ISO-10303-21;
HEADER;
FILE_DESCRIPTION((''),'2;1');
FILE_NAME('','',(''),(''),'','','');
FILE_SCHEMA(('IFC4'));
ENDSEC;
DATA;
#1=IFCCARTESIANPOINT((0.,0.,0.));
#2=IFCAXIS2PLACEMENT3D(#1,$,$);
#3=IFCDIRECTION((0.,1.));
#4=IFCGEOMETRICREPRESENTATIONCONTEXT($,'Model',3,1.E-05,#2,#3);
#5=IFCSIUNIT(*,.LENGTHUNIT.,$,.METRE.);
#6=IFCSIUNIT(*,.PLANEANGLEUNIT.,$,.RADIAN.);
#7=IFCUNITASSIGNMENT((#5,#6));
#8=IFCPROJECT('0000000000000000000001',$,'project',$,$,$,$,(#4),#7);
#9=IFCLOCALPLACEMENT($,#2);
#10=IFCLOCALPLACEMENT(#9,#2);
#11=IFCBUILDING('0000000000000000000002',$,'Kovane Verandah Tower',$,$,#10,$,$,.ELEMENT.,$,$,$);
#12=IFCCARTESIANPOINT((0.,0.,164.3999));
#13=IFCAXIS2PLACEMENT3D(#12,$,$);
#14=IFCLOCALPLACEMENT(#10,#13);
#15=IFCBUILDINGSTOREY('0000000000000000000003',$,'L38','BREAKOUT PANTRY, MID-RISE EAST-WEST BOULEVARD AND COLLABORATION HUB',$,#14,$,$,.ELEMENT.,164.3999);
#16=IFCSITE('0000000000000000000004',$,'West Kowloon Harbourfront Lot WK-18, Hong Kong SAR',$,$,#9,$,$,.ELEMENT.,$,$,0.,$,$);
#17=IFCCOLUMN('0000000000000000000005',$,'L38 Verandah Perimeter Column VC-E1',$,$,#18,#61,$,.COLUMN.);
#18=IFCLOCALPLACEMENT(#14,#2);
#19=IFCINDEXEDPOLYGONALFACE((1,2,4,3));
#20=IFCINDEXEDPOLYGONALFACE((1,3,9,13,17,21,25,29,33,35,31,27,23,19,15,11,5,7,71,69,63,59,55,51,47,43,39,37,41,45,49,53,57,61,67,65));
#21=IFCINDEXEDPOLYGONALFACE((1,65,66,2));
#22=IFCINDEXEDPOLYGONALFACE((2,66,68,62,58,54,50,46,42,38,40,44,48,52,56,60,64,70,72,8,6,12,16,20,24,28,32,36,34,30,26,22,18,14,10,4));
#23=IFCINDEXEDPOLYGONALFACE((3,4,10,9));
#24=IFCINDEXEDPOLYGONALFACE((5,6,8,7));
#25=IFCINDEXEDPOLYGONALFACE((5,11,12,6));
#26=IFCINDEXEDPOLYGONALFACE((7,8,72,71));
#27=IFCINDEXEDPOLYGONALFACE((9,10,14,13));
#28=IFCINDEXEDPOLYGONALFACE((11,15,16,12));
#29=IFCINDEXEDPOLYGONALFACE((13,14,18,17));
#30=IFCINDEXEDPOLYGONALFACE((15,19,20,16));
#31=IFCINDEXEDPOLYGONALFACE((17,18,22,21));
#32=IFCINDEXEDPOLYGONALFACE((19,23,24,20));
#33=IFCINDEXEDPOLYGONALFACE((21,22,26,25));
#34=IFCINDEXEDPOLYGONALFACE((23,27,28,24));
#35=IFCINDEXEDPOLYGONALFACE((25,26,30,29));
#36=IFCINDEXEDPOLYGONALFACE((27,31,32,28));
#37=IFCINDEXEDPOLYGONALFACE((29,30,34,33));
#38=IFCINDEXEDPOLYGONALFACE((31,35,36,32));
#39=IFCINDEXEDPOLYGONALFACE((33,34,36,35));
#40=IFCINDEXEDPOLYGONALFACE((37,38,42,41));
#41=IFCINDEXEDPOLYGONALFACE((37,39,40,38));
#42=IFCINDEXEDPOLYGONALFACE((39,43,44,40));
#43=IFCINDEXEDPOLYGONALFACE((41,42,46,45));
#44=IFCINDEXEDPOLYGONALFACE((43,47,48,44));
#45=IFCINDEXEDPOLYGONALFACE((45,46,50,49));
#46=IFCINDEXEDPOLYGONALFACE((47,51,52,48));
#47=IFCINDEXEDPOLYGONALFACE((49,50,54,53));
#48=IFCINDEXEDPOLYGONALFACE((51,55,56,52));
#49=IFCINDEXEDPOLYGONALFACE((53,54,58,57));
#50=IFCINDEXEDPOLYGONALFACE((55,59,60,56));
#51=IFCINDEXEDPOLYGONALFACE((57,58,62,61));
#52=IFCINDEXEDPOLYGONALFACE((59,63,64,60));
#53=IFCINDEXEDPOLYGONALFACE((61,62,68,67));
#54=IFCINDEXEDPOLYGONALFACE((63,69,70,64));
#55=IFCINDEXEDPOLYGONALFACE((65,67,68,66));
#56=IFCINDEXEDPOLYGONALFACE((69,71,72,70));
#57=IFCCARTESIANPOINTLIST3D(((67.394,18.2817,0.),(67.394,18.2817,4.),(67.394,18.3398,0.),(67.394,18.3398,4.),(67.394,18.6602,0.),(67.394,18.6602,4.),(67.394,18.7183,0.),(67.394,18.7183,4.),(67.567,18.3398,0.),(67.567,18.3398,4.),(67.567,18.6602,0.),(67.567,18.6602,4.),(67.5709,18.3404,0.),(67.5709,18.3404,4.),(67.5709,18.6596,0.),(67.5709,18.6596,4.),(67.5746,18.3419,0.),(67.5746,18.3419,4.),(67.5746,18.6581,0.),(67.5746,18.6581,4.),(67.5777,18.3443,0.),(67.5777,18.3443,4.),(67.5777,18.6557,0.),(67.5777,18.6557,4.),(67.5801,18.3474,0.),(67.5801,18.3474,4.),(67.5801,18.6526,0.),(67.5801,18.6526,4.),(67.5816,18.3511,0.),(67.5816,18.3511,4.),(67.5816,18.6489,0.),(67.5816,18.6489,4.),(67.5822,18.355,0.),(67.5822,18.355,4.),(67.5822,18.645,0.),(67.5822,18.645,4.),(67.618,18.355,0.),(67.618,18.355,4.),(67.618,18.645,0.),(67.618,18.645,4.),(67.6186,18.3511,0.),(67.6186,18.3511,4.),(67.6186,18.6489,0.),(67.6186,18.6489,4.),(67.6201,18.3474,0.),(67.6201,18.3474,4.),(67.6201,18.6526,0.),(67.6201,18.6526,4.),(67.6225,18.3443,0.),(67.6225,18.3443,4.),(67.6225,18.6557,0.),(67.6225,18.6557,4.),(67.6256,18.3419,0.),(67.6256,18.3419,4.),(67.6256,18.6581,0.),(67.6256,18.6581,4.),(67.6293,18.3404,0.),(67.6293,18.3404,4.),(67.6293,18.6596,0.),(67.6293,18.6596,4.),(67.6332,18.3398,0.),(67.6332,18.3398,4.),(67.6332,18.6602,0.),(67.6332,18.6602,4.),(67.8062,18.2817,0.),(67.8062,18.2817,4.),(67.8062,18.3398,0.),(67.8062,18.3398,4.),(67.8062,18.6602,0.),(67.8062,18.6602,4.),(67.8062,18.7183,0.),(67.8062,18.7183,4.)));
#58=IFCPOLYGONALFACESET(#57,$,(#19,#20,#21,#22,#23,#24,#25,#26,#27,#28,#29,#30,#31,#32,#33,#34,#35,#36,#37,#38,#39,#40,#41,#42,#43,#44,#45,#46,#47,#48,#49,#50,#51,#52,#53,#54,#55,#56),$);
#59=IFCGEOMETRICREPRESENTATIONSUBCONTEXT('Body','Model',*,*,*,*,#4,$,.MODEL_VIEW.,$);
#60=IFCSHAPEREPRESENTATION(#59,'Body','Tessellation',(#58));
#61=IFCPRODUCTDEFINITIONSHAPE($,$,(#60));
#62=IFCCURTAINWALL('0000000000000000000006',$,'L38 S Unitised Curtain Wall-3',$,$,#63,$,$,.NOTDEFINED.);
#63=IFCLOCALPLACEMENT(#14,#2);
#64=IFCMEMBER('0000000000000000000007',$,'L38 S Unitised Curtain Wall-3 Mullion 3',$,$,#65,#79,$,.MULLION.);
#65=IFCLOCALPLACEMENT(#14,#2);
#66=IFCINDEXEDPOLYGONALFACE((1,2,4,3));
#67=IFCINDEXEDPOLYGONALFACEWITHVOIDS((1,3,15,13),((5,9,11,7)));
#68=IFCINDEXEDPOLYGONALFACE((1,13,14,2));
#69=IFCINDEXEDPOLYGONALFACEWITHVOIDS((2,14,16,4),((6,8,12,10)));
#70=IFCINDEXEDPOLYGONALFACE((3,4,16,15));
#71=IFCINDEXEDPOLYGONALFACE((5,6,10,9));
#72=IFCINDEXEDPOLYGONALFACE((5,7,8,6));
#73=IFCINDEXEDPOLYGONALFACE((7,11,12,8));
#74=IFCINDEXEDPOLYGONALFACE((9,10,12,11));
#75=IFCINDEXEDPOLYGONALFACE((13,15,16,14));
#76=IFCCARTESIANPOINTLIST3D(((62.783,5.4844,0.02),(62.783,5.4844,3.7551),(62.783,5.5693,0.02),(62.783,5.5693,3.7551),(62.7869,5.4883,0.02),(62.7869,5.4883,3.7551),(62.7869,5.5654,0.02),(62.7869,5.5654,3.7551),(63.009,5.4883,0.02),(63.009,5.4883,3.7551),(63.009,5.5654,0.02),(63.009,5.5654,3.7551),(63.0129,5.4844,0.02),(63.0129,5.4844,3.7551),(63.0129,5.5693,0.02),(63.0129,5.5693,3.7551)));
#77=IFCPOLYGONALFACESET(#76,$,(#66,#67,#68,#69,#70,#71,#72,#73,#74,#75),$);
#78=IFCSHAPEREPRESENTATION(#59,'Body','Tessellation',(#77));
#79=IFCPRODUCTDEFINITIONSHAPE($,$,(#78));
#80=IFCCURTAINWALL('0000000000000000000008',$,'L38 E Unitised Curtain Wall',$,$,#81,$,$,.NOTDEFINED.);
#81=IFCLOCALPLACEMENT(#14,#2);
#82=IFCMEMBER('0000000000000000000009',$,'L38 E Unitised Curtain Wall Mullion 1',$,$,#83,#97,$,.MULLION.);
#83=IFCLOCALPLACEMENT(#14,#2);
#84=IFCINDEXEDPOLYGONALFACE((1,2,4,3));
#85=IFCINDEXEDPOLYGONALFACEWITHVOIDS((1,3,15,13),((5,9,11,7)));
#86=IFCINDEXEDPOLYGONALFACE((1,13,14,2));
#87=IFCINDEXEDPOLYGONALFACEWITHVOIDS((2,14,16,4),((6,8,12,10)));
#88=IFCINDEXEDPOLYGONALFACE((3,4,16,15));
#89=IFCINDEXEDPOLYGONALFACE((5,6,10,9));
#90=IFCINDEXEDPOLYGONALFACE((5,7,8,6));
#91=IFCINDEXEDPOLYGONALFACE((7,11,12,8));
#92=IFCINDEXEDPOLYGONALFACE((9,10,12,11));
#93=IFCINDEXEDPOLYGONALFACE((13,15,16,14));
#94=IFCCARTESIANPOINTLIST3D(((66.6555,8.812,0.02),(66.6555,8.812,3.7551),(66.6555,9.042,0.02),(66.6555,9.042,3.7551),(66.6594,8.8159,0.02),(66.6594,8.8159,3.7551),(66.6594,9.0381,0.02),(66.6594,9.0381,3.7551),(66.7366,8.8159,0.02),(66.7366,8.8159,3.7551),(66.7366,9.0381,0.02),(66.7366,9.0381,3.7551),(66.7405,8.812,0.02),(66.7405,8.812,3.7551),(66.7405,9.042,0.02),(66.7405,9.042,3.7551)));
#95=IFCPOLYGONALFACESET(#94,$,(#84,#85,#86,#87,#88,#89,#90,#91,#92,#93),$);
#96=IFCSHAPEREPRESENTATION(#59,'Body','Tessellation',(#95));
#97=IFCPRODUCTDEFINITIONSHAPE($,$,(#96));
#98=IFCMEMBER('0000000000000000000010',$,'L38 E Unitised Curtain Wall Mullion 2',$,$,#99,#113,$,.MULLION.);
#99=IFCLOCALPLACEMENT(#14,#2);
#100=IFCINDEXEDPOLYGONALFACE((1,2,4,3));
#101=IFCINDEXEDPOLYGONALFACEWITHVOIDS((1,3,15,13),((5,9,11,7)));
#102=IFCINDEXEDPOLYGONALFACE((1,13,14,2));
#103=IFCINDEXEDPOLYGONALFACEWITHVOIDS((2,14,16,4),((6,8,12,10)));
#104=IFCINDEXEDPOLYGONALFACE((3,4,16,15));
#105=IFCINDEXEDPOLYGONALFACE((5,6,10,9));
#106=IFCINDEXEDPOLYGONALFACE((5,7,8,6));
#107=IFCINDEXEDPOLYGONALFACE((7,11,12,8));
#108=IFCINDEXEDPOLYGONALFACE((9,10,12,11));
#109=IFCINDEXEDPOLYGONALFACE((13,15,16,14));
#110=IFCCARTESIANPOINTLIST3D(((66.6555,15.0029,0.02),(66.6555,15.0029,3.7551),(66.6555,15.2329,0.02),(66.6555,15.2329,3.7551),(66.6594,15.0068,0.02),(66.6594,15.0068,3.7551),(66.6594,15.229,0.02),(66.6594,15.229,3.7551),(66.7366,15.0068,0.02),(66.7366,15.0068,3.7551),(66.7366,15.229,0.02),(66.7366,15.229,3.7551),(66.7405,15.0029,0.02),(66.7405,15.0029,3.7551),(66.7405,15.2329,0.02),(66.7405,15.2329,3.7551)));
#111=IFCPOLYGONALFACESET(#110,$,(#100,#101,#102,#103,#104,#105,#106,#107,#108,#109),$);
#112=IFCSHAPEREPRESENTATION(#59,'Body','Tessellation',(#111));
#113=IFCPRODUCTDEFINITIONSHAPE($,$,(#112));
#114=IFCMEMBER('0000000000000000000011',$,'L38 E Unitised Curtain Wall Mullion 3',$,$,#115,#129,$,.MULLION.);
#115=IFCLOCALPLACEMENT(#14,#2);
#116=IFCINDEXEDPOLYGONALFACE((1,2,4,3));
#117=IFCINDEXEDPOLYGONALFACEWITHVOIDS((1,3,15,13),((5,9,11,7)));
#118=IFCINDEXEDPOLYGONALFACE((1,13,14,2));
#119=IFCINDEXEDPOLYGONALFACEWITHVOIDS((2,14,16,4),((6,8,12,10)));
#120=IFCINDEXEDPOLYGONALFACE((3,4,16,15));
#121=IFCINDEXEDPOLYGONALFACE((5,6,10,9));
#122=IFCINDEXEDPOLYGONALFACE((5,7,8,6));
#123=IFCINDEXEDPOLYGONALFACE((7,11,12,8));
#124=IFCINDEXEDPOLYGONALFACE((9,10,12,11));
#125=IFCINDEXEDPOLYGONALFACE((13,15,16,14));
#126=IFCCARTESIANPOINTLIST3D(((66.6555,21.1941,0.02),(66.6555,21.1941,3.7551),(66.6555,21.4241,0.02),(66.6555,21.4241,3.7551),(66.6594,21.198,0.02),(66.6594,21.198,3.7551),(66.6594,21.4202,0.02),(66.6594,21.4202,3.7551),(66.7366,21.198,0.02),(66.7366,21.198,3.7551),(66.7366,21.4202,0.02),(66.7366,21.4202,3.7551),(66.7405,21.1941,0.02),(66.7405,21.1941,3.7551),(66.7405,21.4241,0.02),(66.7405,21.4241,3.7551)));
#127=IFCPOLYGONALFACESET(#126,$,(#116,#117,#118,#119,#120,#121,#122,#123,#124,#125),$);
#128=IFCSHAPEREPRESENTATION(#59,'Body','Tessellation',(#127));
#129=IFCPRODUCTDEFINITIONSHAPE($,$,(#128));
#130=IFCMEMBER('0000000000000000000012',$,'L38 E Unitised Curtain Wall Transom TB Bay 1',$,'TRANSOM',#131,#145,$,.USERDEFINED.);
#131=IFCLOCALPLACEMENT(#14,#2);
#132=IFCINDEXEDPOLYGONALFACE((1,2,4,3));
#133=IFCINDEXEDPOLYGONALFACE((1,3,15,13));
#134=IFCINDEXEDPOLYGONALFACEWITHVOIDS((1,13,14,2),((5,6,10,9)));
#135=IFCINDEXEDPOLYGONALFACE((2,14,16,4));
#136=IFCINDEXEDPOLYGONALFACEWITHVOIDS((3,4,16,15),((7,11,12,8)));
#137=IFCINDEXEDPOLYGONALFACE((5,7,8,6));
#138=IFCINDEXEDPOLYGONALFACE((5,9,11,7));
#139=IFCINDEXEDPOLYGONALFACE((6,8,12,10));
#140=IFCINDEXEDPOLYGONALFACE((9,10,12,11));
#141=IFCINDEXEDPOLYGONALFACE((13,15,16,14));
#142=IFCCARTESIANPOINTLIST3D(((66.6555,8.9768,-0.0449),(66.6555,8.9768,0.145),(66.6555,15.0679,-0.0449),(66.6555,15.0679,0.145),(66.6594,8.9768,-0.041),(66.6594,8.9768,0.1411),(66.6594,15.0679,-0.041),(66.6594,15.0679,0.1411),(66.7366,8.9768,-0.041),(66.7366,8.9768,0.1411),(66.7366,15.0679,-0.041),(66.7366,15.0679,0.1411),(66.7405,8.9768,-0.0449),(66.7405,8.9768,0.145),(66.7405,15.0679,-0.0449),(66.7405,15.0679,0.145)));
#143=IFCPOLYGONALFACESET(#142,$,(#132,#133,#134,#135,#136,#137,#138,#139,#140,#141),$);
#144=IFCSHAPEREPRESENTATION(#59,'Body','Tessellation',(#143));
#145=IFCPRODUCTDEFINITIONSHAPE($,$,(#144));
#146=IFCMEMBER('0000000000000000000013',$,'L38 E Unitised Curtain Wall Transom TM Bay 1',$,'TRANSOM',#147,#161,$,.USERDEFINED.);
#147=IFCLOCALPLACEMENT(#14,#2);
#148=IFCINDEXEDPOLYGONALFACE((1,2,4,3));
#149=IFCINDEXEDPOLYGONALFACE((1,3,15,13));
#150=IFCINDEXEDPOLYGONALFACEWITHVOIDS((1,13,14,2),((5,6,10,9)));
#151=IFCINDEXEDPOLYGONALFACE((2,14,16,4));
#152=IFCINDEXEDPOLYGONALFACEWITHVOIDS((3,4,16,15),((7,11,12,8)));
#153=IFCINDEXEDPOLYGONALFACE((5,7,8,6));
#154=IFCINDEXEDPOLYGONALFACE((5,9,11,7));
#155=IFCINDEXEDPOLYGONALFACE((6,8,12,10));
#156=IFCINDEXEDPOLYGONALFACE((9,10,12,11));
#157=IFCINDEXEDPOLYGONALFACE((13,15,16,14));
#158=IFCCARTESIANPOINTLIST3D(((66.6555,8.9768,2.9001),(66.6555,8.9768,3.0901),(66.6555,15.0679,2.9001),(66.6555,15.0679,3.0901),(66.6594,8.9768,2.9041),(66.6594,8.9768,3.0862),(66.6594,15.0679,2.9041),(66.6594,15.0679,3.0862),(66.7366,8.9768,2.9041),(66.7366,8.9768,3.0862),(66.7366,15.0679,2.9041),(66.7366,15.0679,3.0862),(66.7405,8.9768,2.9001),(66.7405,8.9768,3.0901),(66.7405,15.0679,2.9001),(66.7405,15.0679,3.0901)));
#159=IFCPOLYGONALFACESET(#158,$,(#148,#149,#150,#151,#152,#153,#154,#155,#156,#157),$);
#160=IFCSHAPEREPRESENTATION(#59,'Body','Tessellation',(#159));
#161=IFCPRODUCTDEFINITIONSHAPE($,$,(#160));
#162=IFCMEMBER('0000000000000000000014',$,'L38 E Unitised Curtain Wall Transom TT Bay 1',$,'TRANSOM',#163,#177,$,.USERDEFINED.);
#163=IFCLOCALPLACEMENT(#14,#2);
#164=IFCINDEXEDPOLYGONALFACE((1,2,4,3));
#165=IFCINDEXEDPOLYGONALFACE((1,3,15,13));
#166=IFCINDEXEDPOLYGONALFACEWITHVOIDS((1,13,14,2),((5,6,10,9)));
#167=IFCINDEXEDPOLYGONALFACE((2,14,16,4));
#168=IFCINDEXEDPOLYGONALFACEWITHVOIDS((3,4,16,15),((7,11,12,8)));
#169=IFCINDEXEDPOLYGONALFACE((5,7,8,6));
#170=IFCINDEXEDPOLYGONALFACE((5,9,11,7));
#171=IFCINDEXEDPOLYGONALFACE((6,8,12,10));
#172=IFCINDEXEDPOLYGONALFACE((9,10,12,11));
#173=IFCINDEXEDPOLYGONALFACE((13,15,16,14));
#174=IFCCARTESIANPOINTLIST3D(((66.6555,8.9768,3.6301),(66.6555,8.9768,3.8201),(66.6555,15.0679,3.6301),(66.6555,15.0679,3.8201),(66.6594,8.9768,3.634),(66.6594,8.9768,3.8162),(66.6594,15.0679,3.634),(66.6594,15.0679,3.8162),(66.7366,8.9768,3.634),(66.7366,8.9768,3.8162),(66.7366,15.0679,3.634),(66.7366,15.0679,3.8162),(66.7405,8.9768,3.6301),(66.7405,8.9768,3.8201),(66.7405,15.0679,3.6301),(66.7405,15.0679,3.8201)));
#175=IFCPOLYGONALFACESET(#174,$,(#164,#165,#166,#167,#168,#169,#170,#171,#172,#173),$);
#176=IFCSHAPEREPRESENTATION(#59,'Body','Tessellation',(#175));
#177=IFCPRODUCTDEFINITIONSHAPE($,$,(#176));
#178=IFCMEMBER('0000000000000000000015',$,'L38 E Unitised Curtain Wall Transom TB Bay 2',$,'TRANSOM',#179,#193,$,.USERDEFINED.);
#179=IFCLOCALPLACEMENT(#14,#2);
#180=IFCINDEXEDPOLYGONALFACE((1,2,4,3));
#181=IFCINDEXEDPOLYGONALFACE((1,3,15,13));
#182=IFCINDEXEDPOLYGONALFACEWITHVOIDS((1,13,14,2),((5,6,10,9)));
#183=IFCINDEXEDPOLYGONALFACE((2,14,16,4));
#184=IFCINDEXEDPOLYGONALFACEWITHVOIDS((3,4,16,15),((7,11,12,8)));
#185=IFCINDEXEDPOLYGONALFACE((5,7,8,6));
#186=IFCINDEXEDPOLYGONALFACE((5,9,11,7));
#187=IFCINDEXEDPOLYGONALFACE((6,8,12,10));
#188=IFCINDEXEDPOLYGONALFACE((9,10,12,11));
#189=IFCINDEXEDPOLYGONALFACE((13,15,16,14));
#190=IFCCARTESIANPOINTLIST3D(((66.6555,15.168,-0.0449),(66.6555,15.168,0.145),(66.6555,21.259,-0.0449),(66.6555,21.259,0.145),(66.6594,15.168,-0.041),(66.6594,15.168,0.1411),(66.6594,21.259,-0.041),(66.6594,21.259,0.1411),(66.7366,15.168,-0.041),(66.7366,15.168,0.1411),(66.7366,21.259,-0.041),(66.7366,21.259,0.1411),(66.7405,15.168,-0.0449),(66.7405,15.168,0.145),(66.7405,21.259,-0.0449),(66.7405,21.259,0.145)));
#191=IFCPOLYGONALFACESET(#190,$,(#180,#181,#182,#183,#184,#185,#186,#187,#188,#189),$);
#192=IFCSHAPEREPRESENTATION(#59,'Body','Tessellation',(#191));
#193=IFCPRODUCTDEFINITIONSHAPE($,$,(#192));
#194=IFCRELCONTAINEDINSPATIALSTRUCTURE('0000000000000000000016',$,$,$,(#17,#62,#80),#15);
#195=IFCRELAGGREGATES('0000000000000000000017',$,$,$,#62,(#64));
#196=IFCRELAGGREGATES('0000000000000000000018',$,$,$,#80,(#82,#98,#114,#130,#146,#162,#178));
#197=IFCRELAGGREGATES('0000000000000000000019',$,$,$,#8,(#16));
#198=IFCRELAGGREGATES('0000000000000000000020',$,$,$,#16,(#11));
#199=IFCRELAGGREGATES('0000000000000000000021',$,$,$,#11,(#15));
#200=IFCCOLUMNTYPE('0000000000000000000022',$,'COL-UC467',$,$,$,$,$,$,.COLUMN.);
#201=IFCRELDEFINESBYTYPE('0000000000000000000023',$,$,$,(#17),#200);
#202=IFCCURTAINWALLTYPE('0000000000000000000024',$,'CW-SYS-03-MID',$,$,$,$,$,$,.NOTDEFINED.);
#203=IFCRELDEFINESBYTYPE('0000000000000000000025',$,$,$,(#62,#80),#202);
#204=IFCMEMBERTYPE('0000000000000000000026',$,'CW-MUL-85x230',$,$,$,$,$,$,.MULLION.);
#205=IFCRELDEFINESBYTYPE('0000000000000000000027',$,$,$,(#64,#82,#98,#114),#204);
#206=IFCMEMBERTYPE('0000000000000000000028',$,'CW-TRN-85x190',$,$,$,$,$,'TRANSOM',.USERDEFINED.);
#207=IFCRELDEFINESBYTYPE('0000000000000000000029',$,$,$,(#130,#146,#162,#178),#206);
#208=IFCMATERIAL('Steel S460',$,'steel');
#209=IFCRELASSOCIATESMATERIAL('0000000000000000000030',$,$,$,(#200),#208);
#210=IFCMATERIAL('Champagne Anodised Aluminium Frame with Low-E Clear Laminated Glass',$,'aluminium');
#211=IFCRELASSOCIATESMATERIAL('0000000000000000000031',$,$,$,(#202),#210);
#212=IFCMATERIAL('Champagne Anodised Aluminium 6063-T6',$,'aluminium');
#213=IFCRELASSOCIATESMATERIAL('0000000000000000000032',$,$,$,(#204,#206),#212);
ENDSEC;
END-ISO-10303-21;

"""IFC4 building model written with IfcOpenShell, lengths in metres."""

from ifc_helpers import new_model, si_unit, direction, frame, origin, origin_2d, place, context, subcontext, project, spatial, hollow_rectangle, i_section, extrude, material, material_profile, profile_set, type_object, element, aggregate, save


model = new_model("IFC4")

# Units and contexts
model_context = context("Model", 3, precision=1e-05, world=origin(), true_north=direction((0.0, 1.0)))
body_context = subcontext(model_context, "Body", "Model", "MODEL_VIEW")
ifc_project = project(units=[si_unit("LENGTHUNIT", "METRE"), si_unit("PLANEANGLEUNIT", "RADIAN")], contexts=[model_context])

# Site, building, storey
site_placement = place(None, origin())
site = spatial("IfcSite", under=ifc_project, at=site_placement, Name="West Kowloon Harbourfront Lot WK-18, Hong Kong SAR", CompositionType="ELEMENT", RefElevation=0.0)
building_placement = place(site_placement, origin())
building = spatial("IfcBuilding", under=site, at=building_placement, Name="Kovane Verandah Tower", CompositionType="ELEMENT")
storey_placement = place(building_placement, frame((0.0, 0.0, 164.3999)))
storey = spatial("IfcBuildingStorey", under=building, at=storey_placement, Name="L38", Description="BREAKOUT PANTRY, MID-RISE EAST-WEST BOULEVARD AND COLLABORATION HUB", CompositionType="ELEMENT", Elevation=164.3999)

# Column
ifc_material_1 = material(Name="Steel S460", Category="steel")
ifc_material_profile_1 = material_profile(ifc_material_1, i_section(OverallWidth=0.4121, OverallDepth=0.4365, WebThickness=0.0359, FlangeThickness=0.0581, FilletRadius=0.0151, at=origin_2d()), Name="UC356x406x467")
ifc_profile_set_1 = profile_set([ifc_material_profile_1], Name="Steel S460")
column_type = type_object("IfcColumnType", Name="COL-UC467", PredefinedType="COLUMN", material=ifc_profile_set_1)
column_placement = place(storey_placement, frame((67.6001, 18.5, 0.0), z_axis=(0.0, 0.0, 1.0), x_axis=(1.0, 0.0, 0.0)))
element("IfcColumn", 1, at=column_placement, inside=storey, type_object=column_type, Name="L38 Verandah Perimeter Column VC-E1", PredefinedType="COLUMN", context=body_context, shape_type="SweptSolid", body=[
    extrude(i_section(OverallWidth=0.4121, OverallDepth=0.4365, WebThickness=0.0359, FlangeThickness=0.0581, FilletRadius=0.0151, at=origin_2d()), origin(), (0.0, 0.0, 1.0), 4.0),
])

# Curtain wall, member
ifc_material_2 = material(Name="Champagne Anodised Aluminium Frame with Low-E Clear Laminated Glass", Category="aluminium")
curtain_wall_type = type_object("IfcCurtainWallType", Name="CW-SYS-03-MID", PredefinedType="NOTDEFINED", material=ifc_material_2)
curtain_wall_1_placement = place(storey_placement, origin())
curtain_wall_1 = element("IfcCurtainWall", 2, at=curtain_wall_1_placement, inside=storey, type_object=curtain_wall_type, Name="L38 S Unitised Curtain Wall-3", PredefinedType="NOTDEFINED")
ifc_material_3 = material(Name="Champagne Anodised Aluminium 6063-T6", Category="aluminium")
ifc_material_profile_2 = material_profile(ifc_material_3, hollow_rectangle(XDim=0.085, YDim=0.23, WallThickness=0.0039, at=origin_2d()), Name="AL85x230x4")
ifc_profile_set_2 = profile_set([ifc_material_profile_2], Name="Champagne Anodised Aluminium 6063-T6")
member_type_1 = type_object("IfcMemberType", Name="CW-MUL-85x230", PredefinedType="MULLION", material=ifc_profile_set_2)
member_1_placement = place(storey_placement, frame((62.8979, 5.5269, 0.02), z_axis=(0.0, 0.0, 1.0), x_axis=(0.0, -1.0, 0.0)))
member_1 = element("IfcMember", 3, at=member_1_placement, type_object=member_type_1, Name="L38 S Unitised Curtain Wall-3 Mullion 3", PredefinedType="MULLION", context=body_context, shape_type="SweptSolid", body=[
    extrude(hollow_rectangle(XDim=0.085, YDim=0.23, WallThickness=0.0039, at=origin_2d()), origin(), (0.0, 0.0, 1.0), 3.7351),
])
aggregate(curtain_wall_1, [member_1])

# Curtain wall, members
curtain_wall_2_placement = place(storey_placement, origin())
curtain_wall_2 = element("IfcCurtainWall", 4, at=curtain_wall_2_placement, inside=storey, type_object=curtain_wall_type, Name="L38 E Unitised Curtain Wall", PredefinedType="NOTDEFINED")
member_2_placement = place(storey_placement, frame((66.698, 8.927, 0.02), z_axis=(0.0, 0.0, 1.0), x_axis=(1.0, 0.0, 0.0)))
member_2 = element("IfcMember", 5, at=member_2_placement, type_object=member_type_1, Name="L38 E Unitised Curtain Wall Mullion 1", PredefinedType="MULLION", context=body_context, shape_type="SweptSolid", body=[
    extrude(hollow_rectangle(XDim=0.085, YDim=0.23, WallThickness=0.0039, at=origin_2d()), origin(), (0.0, 0.0, 1.0), 3.7351),
])
member_3_placement = place(storey_placement, frame((66.698, 15.1179, 0.02), z_axis=(0.0, 0.0, 1.0), x_axis=(1.0, 0.0, 0.0)))
member_3 = element("IfcMember", 6, at=member_3_placement, type_object=member_type_1, Name="L38 E Unitised Curtain Wall Mullion 2", PredefinedType="MULLION", context=body_context, shape_type="SweptSolid", body=[
    extrude(hollow_rectangle(XDim=0.085, YDim=0.23, WallThickness=0.0039, at=origin_2d()), origin(), (0.0, 0.0, 1.0), 3.7351),
])
member_4_placement = place(storey_placement, frame((66.698, 21.3091, 0.02), z_axis=(0.0, 0.0, 1.0), x_axis=(1.0, 0.0, 0.0)))
member_4 = element("IfcMember", 7, at=member_4_placement, type_object=member_type_1, Name="L38 E Unitised Curtain Wall Mullion 3", PredefinedType="MULLION", context=body_context, shape_type="SweptSolid", body=[
    extrude(hollow_rectangle(XDim=0.085, YDim=0.23, WallThickness=0.0039, at=origin_2d()), origin(), (0.0, 0.0, 1.0), 3.7351),
])
ifc_material_profile_3 = material_profile(ifc_material_3, hollow_rectangle(XDim=0.085, YDim=0.1899, WallThickness=0.0039, at=origin_2d()), Name="AL85x190x4")
ifc_profile_set_3 = profile_set([ifc_material_profile_3], Name="Champagne Anodised Aluminium 6063-T6")
member_type_2 = type_object("IfcMemberType", Name="CW-TRN-85x190", ElementType="TRANSOM", PredefinedType="USERDEFINED", material=ifc_profile_set_3)
member_5_placement = place(storey_placement, frame((66.698, 8.9768, 0.05), z_axis=(0.0, 1.0, 0.0), x_axis=(-1.0, 0.0, 0.0)))
member_5 = element("IfcMember", 8, at=member_5_placement, type_object=member_type_2, Name="L38 E Unitised Curtain Wall Transom TB Bay 1", ObjectType="TRANSOM", PredefinedType="USERDEFINED", context=body_context, shape_type="SweptSolid", body=[
    extrude(hollow_rectangle(XDim=0.085, YDim=0.1899, WallThickness=0.0039, at=origin_2d()), origin(), (0.0, 0.0, 1.0), 6.0911),
])
member_6_placement = place(storey_placement, frame((66.698, 8.9768, 2.9951), z_axis=(0.0, 1.0, 0.0), x_axis=(-1.0, 0.0, 0.0)))
member_6 = element("IfcMember", 9, at=member_6_placement, type_object=member_type_2, Name="L38 E Unitised Curtain Wall Transom TM Bay 1", ObjectType="TRANSOM", PredefinedType="USERDEFINED", context=body_context, shape_type="SweptSolid", body=[
    extrude(hollow_rectangle(XDim=0.085, YDim=0.1899, WallThickness=0.0039, at=origin_2d()), origin(), (0.0, 0.0, 1.0), 6.0911),
])
member_7_placement = place(storey_placement, frame((66.698, 8.9768, 3.7251), z_axis=(0.0, 1.0, 0.0), x_axis=(-1.0, 0.0, 0.0)))
member_7 = element("IfcMember", 10, at=member_7_placement, type_object=member_type_2, Name="L38 E Unitised Curtain Wall Transom TT Bay 1", ObjectType="TRANSOM", PredefinedType="USERDEFINED", context=body_context, shape_type="SweptSolid", body=[
    extrude(hollow_rectangle(XDim=0.085, YDim=0.1899, WallThickness=0.0039, at=origin_2d()), origin(), (0.0, 0.0, 1.0), 6.0911),
])
member_8_placement = place(storey_placement, frame((66.698, 15.168, 0.05), z_axis=(0.0, 1.0, 0.0), x_axis=(-1.0, 0.0, 0.0)))
member_8 = element("IfcMember", 11, at=member_8_placement, type_object=member_type_2, Name="L38 E Unitised Curtain Wall Transom TB Bay 2", ObjectType="TRANSOM", PredefinedType="USERDEFINED", context=body_context, shape_type="SweptSolid", body=[
    extrude(hollow_rectangle(XDim=0.085, YDim=0.1899, WallThickness=0.0039, at=origin_2d()), origin(), (0.0, 0.0, 1.0), 6.0911),
])
aggregate(curtain_wall_2, [member_2, member_3, member_4, member_5, member_6, member_7, member_8])

save(model, "model.ifc")
